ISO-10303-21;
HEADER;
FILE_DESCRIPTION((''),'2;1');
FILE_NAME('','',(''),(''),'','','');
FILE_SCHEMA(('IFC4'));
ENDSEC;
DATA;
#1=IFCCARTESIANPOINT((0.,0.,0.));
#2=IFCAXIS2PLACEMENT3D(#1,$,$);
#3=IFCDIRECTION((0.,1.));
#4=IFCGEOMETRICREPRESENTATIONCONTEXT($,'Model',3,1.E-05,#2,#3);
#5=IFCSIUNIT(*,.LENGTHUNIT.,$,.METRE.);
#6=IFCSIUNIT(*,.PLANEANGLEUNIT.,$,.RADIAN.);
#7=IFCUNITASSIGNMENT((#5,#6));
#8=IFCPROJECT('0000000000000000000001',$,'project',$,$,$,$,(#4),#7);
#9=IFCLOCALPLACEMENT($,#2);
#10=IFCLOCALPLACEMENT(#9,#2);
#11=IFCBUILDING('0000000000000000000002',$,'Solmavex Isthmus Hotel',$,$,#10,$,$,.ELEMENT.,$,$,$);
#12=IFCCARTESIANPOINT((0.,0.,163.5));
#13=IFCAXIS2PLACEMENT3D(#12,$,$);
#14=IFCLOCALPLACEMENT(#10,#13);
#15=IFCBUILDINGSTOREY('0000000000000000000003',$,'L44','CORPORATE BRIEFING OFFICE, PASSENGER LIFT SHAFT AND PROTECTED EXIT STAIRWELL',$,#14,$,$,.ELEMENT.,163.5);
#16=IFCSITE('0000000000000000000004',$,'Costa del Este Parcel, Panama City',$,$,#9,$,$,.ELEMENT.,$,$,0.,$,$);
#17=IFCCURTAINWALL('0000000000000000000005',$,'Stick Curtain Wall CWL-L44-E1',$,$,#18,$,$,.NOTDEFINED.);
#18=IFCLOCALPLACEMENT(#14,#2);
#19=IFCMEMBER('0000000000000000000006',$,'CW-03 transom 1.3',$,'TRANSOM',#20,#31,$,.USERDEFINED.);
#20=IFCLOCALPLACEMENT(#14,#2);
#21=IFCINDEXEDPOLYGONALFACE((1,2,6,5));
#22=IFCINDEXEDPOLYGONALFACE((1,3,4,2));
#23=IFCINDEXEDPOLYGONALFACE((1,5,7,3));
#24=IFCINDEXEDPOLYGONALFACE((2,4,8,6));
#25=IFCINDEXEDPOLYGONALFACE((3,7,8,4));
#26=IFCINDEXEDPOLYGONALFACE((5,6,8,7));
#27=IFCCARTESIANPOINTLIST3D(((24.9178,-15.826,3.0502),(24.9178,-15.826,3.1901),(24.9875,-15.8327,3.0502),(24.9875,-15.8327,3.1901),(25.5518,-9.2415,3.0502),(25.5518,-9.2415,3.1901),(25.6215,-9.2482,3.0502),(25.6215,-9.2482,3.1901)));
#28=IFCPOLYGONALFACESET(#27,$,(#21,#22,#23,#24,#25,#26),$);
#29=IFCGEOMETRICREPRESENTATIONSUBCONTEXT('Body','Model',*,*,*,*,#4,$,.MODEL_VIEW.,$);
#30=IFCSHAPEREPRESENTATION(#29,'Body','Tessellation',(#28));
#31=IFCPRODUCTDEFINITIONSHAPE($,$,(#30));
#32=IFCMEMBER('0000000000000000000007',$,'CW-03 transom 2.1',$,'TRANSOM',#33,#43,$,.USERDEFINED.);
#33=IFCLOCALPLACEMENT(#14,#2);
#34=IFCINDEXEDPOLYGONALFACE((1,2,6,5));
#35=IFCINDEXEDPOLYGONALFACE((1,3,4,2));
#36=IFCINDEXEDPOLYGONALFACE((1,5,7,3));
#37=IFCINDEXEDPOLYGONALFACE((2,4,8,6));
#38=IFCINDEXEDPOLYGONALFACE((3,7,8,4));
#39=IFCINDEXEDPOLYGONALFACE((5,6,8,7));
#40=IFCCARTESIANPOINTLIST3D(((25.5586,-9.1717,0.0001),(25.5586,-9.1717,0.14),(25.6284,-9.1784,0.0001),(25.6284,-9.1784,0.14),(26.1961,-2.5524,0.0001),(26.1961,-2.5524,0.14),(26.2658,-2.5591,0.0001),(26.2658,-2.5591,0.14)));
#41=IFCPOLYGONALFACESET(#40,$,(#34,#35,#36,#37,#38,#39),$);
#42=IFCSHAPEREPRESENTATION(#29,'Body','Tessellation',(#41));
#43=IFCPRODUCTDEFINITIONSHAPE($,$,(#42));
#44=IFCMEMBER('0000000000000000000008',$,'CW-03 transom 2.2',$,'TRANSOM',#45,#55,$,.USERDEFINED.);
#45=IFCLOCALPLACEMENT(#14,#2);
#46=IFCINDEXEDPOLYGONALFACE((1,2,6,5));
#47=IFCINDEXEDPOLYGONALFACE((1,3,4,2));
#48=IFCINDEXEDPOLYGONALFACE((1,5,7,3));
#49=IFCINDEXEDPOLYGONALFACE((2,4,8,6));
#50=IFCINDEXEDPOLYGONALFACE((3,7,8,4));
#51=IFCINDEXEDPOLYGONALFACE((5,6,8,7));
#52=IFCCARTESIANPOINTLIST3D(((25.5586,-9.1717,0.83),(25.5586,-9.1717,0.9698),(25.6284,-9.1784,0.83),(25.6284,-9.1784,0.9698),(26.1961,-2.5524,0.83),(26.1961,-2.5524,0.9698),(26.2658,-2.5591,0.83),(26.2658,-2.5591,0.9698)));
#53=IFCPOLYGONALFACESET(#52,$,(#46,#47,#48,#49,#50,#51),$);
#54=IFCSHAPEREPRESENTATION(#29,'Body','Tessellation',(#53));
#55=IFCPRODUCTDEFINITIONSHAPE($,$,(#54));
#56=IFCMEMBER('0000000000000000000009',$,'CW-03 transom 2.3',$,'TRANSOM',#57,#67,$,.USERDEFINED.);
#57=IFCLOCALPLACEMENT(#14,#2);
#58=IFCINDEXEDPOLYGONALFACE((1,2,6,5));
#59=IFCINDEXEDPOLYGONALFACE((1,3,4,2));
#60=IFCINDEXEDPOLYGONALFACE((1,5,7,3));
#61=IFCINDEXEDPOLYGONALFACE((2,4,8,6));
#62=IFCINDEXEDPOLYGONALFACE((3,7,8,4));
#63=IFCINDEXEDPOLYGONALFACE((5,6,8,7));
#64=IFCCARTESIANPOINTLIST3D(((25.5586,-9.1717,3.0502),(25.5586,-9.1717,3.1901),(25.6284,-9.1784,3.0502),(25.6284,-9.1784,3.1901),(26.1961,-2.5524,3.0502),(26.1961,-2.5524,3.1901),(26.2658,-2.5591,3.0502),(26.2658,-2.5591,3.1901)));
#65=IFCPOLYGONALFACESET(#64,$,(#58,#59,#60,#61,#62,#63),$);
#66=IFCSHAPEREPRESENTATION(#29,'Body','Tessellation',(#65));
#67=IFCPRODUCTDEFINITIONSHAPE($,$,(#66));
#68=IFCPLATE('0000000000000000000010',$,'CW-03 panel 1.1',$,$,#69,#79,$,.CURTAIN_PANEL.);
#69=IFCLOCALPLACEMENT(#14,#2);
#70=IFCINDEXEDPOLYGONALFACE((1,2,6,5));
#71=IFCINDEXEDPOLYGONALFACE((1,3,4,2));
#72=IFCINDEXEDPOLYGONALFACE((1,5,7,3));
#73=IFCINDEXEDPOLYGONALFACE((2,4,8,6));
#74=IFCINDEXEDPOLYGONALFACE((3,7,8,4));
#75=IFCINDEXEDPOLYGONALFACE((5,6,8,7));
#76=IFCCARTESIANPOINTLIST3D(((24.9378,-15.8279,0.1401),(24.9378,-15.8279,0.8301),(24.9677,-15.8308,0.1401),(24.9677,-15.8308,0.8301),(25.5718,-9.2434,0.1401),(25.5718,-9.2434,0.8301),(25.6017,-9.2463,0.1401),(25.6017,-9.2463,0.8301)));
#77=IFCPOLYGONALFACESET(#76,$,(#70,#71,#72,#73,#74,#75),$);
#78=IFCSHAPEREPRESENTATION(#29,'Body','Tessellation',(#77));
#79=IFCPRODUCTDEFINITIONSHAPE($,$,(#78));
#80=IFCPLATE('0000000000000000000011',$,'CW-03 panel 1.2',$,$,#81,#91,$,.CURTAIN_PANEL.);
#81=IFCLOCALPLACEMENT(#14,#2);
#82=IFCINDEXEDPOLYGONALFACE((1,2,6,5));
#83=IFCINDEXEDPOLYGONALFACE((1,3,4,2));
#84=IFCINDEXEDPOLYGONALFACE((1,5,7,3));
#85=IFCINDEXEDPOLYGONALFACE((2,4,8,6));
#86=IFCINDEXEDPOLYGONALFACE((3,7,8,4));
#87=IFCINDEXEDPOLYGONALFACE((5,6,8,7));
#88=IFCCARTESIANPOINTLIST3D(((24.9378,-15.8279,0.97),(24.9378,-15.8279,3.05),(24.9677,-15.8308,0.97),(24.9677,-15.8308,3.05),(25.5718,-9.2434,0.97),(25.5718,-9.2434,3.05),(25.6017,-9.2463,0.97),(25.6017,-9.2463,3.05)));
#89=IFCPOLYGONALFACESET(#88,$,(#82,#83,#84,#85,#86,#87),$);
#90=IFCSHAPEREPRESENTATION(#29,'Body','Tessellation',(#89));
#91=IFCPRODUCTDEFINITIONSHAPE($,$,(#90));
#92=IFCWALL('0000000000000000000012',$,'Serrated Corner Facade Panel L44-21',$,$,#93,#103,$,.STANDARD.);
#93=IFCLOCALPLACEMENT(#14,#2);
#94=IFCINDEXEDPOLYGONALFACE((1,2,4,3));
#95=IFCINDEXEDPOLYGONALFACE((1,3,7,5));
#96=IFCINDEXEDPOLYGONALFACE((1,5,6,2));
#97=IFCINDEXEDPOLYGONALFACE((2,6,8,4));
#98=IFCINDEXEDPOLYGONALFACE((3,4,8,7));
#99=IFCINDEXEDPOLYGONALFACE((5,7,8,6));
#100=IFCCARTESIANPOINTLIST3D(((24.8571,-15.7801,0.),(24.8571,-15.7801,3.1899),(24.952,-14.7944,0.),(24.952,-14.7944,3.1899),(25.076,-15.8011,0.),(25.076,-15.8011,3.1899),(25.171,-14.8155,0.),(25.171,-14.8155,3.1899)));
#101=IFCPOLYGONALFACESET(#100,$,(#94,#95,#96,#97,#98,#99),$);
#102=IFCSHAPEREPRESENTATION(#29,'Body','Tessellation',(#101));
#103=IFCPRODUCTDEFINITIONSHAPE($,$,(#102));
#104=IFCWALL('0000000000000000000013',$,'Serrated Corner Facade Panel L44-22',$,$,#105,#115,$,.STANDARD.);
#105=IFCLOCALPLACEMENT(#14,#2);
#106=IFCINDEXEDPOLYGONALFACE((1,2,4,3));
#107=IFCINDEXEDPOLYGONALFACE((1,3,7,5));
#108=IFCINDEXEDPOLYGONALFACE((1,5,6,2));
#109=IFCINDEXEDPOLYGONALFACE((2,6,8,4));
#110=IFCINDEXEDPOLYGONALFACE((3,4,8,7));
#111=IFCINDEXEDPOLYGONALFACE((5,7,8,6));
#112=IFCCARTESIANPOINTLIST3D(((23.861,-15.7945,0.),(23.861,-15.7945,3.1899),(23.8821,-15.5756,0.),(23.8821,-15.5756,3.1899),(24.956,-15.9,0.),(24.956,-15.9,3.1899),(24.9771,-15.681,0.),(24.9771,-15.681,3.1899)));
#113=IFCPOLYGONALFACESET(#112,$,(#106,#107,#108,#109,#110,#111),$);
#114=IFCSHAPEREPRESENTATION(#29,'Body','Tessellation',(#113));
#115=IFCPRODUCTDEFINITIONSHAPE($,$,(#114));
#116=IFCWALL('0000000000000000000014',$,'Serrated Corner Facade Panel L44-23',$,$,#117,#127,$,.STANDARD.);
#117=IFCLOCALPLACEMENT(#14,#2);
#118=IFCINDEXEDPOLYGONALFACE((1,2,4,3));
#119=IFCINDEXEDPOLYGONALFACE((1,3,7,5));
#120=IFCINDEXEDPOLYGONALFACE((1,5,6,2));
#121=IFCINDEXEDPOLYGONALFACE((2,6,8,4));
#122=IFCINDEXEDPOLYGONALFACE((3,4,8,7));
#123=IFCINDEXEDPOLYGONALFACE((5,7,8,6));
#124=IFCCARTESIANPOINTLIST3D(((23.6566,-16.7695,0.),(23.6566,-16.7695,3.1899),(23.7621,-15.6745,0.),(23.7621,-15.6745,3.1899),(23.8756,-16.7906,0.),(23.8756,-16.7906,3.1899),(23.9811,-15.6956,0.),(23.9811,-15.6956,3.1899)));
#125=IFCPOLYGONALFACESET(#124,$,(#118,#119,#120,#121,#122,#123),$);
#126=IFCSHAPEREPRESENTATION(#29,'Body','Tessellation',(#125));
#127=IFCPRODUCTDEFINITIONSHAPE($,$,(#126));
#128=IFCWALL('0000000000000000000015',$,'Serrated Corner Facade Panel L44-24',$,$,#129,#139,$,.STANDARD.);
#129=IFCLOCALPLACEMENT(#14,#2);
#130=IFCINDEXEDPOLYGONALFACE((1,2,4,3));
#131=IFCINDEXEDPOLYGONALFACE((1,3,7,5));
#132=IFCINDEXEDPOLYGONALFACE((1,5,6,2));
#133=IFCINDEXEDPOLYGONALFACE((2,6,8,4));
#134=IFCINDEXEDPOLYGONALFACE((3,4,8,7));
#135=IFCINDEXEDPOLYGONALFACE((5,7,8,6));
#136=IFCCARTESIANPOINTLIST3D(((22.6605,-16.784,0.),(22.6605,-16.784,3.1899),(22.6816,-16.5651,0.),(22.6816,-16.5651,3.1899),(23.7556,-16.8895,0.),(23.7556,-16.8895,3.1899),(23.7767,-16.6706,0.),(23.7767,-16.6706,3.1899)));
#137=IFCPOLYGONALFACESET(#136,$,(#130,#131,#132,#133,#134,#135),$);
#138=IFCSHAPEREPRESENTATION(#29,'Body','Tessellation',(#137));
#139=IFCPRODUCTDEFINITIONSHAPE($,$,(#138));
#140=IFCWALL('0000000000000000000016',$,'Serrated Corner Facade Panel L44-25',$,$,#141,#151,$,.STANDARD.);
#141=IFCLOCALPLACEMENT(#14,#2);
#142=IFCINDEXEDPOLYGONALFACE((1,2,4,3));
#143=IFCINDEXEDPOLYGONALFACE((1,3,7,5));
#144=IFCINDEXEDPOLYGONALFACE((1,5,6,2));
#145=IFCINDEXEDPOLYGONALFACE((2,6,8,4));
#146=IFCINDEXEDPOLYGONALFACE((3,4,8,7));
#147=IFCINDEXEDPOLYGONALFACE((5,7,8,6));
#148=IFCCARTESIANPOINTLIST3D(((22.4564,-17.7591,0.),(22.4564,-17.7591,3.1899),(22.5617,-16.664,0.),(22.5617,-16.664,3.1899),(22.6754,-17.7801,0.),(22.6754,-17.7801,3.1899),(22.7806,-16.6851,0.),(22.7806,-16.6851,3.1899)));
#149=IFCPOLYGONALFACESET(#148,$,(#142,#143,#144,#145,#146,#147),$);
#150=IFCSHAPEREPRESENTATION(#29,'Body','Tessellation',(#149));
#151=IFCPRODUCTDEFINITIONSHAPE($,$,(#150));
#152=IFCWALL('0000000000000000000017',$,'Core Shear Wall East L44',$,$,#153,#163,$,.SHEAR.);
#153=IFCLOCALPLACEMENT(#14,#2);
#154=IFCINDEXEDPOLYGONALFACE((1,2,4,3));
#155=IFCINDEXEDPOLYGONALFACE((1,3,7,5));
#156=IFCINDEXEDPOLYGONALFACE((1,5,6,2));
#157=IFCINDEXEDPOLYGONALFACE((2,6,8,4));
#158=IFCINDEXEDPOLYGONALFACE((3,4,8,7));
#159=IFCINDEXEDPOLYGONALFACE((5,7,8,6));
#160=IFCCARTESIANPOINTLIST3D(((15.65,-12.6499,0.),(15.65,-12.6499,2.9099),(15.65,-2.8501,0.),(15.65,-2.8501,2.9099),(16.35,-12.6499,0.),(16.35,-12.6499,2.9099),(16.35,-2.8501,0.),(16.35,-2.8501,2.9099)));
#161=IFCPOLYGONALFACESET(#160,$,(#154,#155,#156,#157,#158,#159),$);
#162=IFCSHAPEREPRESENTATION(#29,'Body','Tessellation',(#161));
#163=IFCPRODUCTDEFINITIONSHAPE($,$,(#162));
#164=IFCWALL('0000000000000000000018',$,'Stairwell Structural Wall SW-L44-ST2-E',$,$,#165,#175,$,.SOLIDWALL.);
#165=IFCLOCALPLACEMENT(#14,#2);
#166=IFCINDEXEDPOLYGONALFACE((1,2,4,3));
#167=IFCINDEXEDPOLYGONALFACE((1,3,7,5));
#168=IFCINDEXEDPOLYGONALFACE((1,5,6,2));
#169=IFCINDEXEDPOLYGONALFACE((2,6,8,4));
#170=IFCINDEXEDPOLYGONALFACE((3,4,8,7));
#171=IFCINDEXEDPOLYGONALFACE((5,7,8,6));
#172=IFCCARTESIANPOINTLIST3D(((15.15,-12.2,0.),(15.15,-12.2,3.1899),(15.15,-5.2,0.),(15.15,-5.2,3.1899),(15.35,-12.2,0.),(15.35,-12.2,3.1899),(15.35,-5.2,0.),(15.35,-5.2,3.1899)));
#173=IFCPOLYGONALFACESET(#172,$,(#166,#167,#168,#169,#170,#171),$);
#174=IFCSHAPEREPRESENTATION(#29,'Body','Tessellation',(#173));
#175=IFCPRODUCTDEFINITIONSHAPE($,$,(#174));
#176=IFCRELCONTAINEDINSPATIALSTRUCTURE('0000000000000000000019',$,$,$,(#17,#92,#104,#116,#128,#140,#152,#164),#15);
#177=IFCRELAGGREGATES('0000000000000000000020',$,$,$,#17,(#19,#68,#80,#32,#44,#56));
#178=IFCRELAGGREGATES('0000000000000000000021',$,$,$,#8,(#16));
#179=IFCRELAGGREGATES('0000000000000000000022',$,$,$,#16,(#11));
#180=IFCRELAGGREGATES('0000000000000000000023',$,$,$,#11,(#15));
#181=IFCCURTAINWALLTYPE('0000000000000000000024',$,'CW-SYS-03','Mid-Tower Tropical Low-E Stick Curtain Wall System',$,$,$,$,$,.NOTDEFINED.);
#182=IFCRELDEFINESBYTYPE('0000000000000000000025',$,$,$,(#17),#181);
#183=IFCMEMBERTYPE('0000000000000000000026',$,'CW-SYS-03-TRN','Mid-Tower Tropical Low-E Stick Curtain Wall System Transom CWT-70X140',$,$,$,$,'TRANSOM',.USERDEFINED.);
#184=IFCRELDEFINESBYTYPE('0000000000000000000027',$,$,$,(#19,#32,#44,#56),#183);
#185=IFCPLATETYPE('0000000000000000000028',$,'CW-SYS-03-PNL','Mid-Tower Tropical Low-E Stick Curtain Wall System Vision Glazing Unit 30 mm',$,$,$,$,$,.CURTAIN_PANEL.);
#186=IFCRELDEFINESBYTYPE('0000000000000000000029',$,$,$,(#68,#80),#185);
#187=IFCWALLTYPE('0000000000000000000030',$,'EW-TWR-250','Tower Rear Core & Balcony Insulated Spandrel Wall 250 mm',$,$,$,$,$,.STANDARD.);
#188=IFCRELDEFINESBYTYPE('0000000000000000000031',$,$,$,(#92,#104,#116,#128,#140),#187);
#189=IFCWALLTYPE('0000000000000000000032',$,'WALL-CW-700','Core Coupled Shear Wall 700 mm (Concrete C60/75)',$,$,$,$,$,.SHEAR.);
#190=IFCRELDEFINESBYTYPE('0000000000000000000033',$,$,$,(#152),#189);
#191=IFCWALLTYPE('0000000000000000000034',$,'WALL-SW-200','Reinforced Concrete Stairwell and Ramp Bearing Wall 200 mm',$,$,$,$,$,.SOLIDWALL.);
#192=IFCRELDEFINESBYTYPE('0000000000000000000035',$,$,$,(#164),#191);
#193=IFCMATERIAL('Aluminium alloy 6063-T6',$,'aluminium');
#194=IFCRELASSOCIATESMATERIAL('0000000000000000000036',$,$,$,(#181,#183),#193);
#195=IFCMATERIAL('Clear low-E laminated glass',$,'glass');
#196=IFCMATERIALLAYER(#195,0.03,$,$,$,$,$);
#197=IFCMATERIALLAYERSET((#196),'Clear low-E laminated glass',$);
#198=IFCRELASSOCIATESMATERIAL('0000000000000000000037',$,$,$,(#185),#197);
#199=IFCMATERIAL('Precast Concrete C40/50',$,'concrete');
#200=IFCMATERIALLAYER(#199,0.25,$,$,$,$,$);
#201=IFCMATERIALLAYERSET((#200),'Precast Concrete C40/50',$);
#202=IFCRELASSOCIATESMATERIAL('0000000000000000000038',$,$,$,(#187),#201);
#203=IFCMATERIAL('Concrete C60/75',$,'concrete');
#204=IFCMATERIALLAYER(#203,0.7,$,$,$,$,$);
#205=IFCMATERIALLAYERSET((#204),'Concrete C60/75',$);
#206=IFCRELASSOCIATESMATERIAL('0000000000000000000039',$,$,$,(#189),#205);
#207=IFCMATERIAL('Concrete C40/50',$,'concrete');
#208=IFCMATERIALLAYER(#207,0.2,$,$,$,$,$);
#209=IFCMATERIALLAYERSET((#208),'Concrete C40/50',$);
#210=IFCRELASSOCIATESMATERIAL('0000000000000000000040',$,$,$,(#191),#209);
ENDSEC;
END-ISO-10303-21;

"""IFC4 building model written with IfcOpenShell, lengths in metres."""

from ifc_helpers import new_model, si_unit, direction, frame, frame_2d, origin, origin_2d, place, context, subcontext, project, spatial, rectangle, extrude, material, layer, layer_set, material_profile, profile_set, type_object, element, aggregate, save


model = new_model("IFC4")

# Units and contexts
model_context = context("Model", 3, precision=1e-05, world=origin(), true_north=direction((0.0, 1.0)))
body_context = subcontext(model_context, "Body", "Model", "MODEL_VIEW")
ifc_project = project(units=[si_unit("LENGTHUNIT", "METRE"), si_unit("PLANEANGLEUNIT", "RADIAN")], contexts=[model_context])

# Site, building, storey
site_placement = place(None, origin())
site = spatial("IfcSite", under=ifc_project, at=site_placement, Name="Costa del Este Parcel, Panama City", CompositionType="ELEMENT", RefElevation=0.0)
building_placement = place(site_placement, origin())
building = spatial("IfcBuilding", under=site, at=building_placement, Name="Solmavex Isthmus Hotel", CompositionType="ELEMENT")
storey_placement = place(building_placement, frame((0.0, 0.0, 163.5)))
storey = spatial("IfcBuildingStorey", under=building, at=storey_placement, Name="L44", Description="CORPORATE BRIEFING OFFICE, PASSENGER LIFT SHAFT AND PROTECTED EXIT STAIRWELL", CompositionType="ELEMENT", Elevation=163.5)

# Shared definitions
ifc_material_1 = material(Name="Concrete C60/75", Category="concrete")

# Curtain wall, members, plates
ifc_material_2 = material(Name="Aluminium alloy 6063-T6", Category="aluminium")
curtain_wall_type = type_object("IfcCurtainWallType", Name="CW-SYS-03", Description="Mid-Tower Tropical Low-E Stick Curtain Wall System", PredefinedType="NOTDEFINED", material=ifc_material_2)
curtain_wall_placement = place(storey_placement, origin())
curtain_wall = element("IfcCurtainWall", 1, at=curtain_wall_placement, inside=storey, type_object=curtain_wall_type, Name="Stick Curtain Wall CWL-L44-E1", PredefinedType="NOTDEFINED")
ifc_material_profile_1 = material_profile(ifc_material_2, rectangle(XDim=0.0701, YDim=0.1399, at=origin_2d()), Name="CWT-70X140")
ifc_profile_set_1 = profile_set([ifc_material_profile_1], Name="Aluminium alloy 6063-T6")
member_type_1 = type_object("IfcMemberType", Name="CW-SYS-03-TRN", Description="Mid-Tower Tropical Low-E Stick Curtain Wall System Transom CWT-70X140", ElementType="TRANSOM", PredefinedType="USERDEFINED", material=ifc_profile_set_1)
member_1_placement = place(storey_placement, frame((24.9526, -15.8293, 3.1201), z_axis=(0.095849, 0.995396, 0.0), x_axis=(-0.995396, 0.095849, 0.0)))
member_1 = element("IfcMember", 2, at=member_1_placement, type_object=member_type_1, Name="CW-03 transom 1.3", ObjectType="TRANSOM", PredefinedType="USERDEFINED", context=body_context, shape_type="SweptSolid", body=[
    extrude(rectangle(XDim=0.0701, YDim=0.1399, at=origin_2d()), origin(), (0.0, 0.0, 1.0), 6.615),
])
member_2_placement = place(storey_placement, frame((25.5935, -9.175, 0.0701), z_axis=(0.095857, 0.995395, 0.0), x_axis=(-0.995395, 0.095857, 0.0)))
member_2 = element("IfcMember", 3, at=member_2_placement, type_object=member_type_1, Name="CW-03 transom 2.1", ObjectType="TRANSOM", PredefinedType="USERDEFINED", context=body_context, shape_type="SweptSolid", body=[
    extrude(rectangle(XDim=0.0701, YDim=0.1399, at=origin_2d()), origin(), (0.0, 0.0, 1.0), 6.6499),
])
member_3_placement = place(storey_placement, frame((25.5935, -9.175, 0.8999), z_axis=(0.095857, 0.995395, 0.0), x_axis=(-0.995395, 0.095857, 0.0)))
member_3 = element("IfcMember", 4, at=member_3_placement, type_object=member_type_1, Name="CW-03 transom 2.2", ObjectType="TRANSOM", PredefinedType="USERDEFINED", context=body_context, shape_type="SweptSolid", body=[
    extrude(rectangle(XDim=0.0701, YDim=0.1399, at=origin_2d()), origin(), (0.0, 0.0, 1.0), 6.6499),
])
member_4_placement = place(storey_placement, frame((25.5935, -9.175, 3.1201), z_axis=(0.095857, 0.995395, 0.0), x_axis=(-0.995395, 0.095857, 0.0)))
member_4 = element("IfcMember", 5, at=member_4_placement, type_object=member_type_1, Name="CW-03 transom 2.3", ObjectType="TRANSOM", PredefinedType="USERDEFINED", context=body_context, shape_type="SweptSolid", body=[
    extrude(rectangle(XDim=0.0701, YDim=0.1399, at=origin_2d()), origin(), (0.0, 0.0, 1.0), 6.6499),
])
ifc_material_3 = material(Name="Clear low-E laminated glass", Category="glass")
ifc_layer_1 = layer(ifc_material_3, 0.03)
ifc_layer_set_1 = layer_set([ifc_layer_1], Name="Clear low-E laminated glass")
plate_type = type_object("IfcPlateType", Name="CW-SYS-03-PNL", Description="Mid-Tower Tropical Low-E Stick Curtain Wall System Vision Glazing Unit 30 mm", PredefinedType="CURTAIN_PANEL", material=ifc_layer_set_1)
plate_1_placement = place(storey_placement, frame((25.2698, -12.5371, 0.1401), z_axis=(0.0, 0.0, 1.0), x_axis=(0.095846, 0.995396, 0.0)))
plate_1 = element("IfcPlate", 6, at=plate_1_placement, type_object=plate_type, Name="CW-03 panel 1.1", PredefinedType="CURTAIN_PANEL", context=body_context, shape_type="SweptSolid", body=[
    extrude(rectangle(XDim=6.615, YDim=0.03, at=origin_2d()), origin(), (0.0, 0.0, 1.0), 0.6899),
])
plate_2_placement = place(storey_placement, frame((25.2698, -12.5371, 0.97), z_axis=(0.0, 0.0, 1.0), x_axis=(0.095846, 0.995396, 0.0)))
plate_2 = element("IfcPlate", 7, at=plate_2_placement, type_object=plate_type, Name="CW-03 panel 1.2", PredefinedType="CURTAIN_PANEL", context=body_context, shape_type="SweptSolid", body=[
    extrude(rectangle(XDim=6.615, YDim=0.03, at=origin_2d()), origin(), (0.0, 0.0, 1.0), 2.0801),
])
aggregate(curtain_wall, [member_1, plate_1, plate_2, member_2, member_3, member_4])

# Walls
ifc_material_4 = material(Name="Precast Concrete C40/50", Category="concrete")
ifc_layer_2 = layer(ifc_material_4, 0.25)
ifc_layer_set_2 = layer_set([ifc_layer_2], Name="Precast Concrete C40/50")
wall_type_1 = type_object("IfcWallType", Name="EW-TWR-250", Description="Tower Rear Core & Balcony Insulated Spandrel Wall 250 mm", PredefinedType="STANDARD", material=ifc_layer_set_2)
wall_1_placement = place(storey_placement, frame((25.0615, -14.8049, 0.0), z_axis=(0.0, 0.0, 1.0), x_axis=(-0.095914, -0.99539, 0.0)))
element("IfcWall", 8, at=wall_1_placement, inside=storey, type_object=wall_type_1, Name="Serrated Corner Facade Panel L44-21", PredefinedType="STANDARD", context=body_context, shape_type="SweptSolid", body=[
    extrude(rectangle(XDim=0.9902, YDim=0.22, at=frame_2d((0.4951, 0.0))), origin(), (0.0, 0.0, 1.0), 3.1899),
])
for number, where, z_axis, x_axis, name in (
    (9, (24.9666, -15.7905, 0.0), (0.0, 0.0, 1.0), (-0.995393, 0.095877, 0.0), "Serrated Corner Facade Panel L44-22"),
    (10, (23.8716, -15.6851, 0.0), (0.0, 0.0, 1.0), (-0.095877, -0.995393, 0.0), "Serrated Corner Facade Panel L44-23"),
    (11, (23.7661, -16.78, 0.0), (0.0, 0.0, 1.0), (-0.995393, 0.095877, 0.0), "Serrated Corner Facade Panel L44-24"),
    (12, (22.6711, -16.6746, 0.0), (0.0, 0.0, 1.0), (-0.095657, -0.995414, 0.0), "Serrated Corner Facade Panel L44-25"),
):
    element("IfcWall", number, at=place(storey_placement, frame(where, z_axis=z_axis, x_axis=x_axis)), inside=storey, type_object=wall_type_1, Name=name, PredefinedType="STANDARD", context=body_context, shape_type="SweptSolid", body=[
        extrude(rectangle(XDim=1.1001, YDim=0.22, at=frame_2d((0.55, 0.0))), origin(), (0.0, 0.0, 1.0), 3.1899),
    ])
ifc_layer_3 = layer(ifc_material_1, 0.7)
ifc_layer_set_3 = layer_set([ifc_layer_3], Name="Concrete C60/75")
wall_type_2 = type_object("IfcWallType", Name="WALL-CW-700", Description="Core Coupled Shear Wall 700 mm (Concrete C60/75)", PredefinedType="SHEAR", material=ifc_layer_set_3)
wall_2_placement = place(storey_placement, frame((16.0, -12.6499, 0.0), z_axis=(0.0, 0.0, 1.0), x_axis=(0.0, 1.0, 0.0)))
element("IfcWall", 13, at=wall_2_placement, inside=storey, type_object=wall_type_2, Name="Core Shear Wall East L44", PredefinedType="SHEAR", context=body_context, shape_type="SweptSolid", body=[
    extrude(rectangle(XDim=9.7998, YDim=0.7, at=frame_2d((4.8999, 0.0))), origin(), (0.0, 0.0, 1.0), 2.9099),
])
ifc_material_5 = material(Name="Concrete C40/50", Category="concrete")
ifc_layer_4 = layer(ifc_material_5, 0.2)
ifc_layer_set_4 = layer_set([ifc_layer_4], Name="Concrete C40/50")
wall_type_3 = type_object("IfcWallType", Name="WALL-SW-200", Description="Reinforced Concrete Stairwell and Ramp Bearing Wall 200 mm", PredefinedType="SOLIDWALL", material=ifc_layer_set_4)
wall_3_placement = place(storey_placement, frame((15.25, -12.2, 0.0), z_axis=(0.0, 0.0, 1.0), x_axis=(0.0, 1.0, 0.0)))
element("IfcWall", 14, at=wall_3_placement, inside=storey, type_object=wall_type_3, Name="Stairwell Structural Wall SW-L44-ST2-E", PredefinedType="SOLIDWALL", context=body_context, shape_type="SweptSolid", body=[
    extrude(rectangle(XDim=7.0, YDim=0.2, at=frame_2d((3.5, 0.0))), origin(), (0.0, 0.0, 1.0), 3.1899),
])

save(model, "model.ifc")
